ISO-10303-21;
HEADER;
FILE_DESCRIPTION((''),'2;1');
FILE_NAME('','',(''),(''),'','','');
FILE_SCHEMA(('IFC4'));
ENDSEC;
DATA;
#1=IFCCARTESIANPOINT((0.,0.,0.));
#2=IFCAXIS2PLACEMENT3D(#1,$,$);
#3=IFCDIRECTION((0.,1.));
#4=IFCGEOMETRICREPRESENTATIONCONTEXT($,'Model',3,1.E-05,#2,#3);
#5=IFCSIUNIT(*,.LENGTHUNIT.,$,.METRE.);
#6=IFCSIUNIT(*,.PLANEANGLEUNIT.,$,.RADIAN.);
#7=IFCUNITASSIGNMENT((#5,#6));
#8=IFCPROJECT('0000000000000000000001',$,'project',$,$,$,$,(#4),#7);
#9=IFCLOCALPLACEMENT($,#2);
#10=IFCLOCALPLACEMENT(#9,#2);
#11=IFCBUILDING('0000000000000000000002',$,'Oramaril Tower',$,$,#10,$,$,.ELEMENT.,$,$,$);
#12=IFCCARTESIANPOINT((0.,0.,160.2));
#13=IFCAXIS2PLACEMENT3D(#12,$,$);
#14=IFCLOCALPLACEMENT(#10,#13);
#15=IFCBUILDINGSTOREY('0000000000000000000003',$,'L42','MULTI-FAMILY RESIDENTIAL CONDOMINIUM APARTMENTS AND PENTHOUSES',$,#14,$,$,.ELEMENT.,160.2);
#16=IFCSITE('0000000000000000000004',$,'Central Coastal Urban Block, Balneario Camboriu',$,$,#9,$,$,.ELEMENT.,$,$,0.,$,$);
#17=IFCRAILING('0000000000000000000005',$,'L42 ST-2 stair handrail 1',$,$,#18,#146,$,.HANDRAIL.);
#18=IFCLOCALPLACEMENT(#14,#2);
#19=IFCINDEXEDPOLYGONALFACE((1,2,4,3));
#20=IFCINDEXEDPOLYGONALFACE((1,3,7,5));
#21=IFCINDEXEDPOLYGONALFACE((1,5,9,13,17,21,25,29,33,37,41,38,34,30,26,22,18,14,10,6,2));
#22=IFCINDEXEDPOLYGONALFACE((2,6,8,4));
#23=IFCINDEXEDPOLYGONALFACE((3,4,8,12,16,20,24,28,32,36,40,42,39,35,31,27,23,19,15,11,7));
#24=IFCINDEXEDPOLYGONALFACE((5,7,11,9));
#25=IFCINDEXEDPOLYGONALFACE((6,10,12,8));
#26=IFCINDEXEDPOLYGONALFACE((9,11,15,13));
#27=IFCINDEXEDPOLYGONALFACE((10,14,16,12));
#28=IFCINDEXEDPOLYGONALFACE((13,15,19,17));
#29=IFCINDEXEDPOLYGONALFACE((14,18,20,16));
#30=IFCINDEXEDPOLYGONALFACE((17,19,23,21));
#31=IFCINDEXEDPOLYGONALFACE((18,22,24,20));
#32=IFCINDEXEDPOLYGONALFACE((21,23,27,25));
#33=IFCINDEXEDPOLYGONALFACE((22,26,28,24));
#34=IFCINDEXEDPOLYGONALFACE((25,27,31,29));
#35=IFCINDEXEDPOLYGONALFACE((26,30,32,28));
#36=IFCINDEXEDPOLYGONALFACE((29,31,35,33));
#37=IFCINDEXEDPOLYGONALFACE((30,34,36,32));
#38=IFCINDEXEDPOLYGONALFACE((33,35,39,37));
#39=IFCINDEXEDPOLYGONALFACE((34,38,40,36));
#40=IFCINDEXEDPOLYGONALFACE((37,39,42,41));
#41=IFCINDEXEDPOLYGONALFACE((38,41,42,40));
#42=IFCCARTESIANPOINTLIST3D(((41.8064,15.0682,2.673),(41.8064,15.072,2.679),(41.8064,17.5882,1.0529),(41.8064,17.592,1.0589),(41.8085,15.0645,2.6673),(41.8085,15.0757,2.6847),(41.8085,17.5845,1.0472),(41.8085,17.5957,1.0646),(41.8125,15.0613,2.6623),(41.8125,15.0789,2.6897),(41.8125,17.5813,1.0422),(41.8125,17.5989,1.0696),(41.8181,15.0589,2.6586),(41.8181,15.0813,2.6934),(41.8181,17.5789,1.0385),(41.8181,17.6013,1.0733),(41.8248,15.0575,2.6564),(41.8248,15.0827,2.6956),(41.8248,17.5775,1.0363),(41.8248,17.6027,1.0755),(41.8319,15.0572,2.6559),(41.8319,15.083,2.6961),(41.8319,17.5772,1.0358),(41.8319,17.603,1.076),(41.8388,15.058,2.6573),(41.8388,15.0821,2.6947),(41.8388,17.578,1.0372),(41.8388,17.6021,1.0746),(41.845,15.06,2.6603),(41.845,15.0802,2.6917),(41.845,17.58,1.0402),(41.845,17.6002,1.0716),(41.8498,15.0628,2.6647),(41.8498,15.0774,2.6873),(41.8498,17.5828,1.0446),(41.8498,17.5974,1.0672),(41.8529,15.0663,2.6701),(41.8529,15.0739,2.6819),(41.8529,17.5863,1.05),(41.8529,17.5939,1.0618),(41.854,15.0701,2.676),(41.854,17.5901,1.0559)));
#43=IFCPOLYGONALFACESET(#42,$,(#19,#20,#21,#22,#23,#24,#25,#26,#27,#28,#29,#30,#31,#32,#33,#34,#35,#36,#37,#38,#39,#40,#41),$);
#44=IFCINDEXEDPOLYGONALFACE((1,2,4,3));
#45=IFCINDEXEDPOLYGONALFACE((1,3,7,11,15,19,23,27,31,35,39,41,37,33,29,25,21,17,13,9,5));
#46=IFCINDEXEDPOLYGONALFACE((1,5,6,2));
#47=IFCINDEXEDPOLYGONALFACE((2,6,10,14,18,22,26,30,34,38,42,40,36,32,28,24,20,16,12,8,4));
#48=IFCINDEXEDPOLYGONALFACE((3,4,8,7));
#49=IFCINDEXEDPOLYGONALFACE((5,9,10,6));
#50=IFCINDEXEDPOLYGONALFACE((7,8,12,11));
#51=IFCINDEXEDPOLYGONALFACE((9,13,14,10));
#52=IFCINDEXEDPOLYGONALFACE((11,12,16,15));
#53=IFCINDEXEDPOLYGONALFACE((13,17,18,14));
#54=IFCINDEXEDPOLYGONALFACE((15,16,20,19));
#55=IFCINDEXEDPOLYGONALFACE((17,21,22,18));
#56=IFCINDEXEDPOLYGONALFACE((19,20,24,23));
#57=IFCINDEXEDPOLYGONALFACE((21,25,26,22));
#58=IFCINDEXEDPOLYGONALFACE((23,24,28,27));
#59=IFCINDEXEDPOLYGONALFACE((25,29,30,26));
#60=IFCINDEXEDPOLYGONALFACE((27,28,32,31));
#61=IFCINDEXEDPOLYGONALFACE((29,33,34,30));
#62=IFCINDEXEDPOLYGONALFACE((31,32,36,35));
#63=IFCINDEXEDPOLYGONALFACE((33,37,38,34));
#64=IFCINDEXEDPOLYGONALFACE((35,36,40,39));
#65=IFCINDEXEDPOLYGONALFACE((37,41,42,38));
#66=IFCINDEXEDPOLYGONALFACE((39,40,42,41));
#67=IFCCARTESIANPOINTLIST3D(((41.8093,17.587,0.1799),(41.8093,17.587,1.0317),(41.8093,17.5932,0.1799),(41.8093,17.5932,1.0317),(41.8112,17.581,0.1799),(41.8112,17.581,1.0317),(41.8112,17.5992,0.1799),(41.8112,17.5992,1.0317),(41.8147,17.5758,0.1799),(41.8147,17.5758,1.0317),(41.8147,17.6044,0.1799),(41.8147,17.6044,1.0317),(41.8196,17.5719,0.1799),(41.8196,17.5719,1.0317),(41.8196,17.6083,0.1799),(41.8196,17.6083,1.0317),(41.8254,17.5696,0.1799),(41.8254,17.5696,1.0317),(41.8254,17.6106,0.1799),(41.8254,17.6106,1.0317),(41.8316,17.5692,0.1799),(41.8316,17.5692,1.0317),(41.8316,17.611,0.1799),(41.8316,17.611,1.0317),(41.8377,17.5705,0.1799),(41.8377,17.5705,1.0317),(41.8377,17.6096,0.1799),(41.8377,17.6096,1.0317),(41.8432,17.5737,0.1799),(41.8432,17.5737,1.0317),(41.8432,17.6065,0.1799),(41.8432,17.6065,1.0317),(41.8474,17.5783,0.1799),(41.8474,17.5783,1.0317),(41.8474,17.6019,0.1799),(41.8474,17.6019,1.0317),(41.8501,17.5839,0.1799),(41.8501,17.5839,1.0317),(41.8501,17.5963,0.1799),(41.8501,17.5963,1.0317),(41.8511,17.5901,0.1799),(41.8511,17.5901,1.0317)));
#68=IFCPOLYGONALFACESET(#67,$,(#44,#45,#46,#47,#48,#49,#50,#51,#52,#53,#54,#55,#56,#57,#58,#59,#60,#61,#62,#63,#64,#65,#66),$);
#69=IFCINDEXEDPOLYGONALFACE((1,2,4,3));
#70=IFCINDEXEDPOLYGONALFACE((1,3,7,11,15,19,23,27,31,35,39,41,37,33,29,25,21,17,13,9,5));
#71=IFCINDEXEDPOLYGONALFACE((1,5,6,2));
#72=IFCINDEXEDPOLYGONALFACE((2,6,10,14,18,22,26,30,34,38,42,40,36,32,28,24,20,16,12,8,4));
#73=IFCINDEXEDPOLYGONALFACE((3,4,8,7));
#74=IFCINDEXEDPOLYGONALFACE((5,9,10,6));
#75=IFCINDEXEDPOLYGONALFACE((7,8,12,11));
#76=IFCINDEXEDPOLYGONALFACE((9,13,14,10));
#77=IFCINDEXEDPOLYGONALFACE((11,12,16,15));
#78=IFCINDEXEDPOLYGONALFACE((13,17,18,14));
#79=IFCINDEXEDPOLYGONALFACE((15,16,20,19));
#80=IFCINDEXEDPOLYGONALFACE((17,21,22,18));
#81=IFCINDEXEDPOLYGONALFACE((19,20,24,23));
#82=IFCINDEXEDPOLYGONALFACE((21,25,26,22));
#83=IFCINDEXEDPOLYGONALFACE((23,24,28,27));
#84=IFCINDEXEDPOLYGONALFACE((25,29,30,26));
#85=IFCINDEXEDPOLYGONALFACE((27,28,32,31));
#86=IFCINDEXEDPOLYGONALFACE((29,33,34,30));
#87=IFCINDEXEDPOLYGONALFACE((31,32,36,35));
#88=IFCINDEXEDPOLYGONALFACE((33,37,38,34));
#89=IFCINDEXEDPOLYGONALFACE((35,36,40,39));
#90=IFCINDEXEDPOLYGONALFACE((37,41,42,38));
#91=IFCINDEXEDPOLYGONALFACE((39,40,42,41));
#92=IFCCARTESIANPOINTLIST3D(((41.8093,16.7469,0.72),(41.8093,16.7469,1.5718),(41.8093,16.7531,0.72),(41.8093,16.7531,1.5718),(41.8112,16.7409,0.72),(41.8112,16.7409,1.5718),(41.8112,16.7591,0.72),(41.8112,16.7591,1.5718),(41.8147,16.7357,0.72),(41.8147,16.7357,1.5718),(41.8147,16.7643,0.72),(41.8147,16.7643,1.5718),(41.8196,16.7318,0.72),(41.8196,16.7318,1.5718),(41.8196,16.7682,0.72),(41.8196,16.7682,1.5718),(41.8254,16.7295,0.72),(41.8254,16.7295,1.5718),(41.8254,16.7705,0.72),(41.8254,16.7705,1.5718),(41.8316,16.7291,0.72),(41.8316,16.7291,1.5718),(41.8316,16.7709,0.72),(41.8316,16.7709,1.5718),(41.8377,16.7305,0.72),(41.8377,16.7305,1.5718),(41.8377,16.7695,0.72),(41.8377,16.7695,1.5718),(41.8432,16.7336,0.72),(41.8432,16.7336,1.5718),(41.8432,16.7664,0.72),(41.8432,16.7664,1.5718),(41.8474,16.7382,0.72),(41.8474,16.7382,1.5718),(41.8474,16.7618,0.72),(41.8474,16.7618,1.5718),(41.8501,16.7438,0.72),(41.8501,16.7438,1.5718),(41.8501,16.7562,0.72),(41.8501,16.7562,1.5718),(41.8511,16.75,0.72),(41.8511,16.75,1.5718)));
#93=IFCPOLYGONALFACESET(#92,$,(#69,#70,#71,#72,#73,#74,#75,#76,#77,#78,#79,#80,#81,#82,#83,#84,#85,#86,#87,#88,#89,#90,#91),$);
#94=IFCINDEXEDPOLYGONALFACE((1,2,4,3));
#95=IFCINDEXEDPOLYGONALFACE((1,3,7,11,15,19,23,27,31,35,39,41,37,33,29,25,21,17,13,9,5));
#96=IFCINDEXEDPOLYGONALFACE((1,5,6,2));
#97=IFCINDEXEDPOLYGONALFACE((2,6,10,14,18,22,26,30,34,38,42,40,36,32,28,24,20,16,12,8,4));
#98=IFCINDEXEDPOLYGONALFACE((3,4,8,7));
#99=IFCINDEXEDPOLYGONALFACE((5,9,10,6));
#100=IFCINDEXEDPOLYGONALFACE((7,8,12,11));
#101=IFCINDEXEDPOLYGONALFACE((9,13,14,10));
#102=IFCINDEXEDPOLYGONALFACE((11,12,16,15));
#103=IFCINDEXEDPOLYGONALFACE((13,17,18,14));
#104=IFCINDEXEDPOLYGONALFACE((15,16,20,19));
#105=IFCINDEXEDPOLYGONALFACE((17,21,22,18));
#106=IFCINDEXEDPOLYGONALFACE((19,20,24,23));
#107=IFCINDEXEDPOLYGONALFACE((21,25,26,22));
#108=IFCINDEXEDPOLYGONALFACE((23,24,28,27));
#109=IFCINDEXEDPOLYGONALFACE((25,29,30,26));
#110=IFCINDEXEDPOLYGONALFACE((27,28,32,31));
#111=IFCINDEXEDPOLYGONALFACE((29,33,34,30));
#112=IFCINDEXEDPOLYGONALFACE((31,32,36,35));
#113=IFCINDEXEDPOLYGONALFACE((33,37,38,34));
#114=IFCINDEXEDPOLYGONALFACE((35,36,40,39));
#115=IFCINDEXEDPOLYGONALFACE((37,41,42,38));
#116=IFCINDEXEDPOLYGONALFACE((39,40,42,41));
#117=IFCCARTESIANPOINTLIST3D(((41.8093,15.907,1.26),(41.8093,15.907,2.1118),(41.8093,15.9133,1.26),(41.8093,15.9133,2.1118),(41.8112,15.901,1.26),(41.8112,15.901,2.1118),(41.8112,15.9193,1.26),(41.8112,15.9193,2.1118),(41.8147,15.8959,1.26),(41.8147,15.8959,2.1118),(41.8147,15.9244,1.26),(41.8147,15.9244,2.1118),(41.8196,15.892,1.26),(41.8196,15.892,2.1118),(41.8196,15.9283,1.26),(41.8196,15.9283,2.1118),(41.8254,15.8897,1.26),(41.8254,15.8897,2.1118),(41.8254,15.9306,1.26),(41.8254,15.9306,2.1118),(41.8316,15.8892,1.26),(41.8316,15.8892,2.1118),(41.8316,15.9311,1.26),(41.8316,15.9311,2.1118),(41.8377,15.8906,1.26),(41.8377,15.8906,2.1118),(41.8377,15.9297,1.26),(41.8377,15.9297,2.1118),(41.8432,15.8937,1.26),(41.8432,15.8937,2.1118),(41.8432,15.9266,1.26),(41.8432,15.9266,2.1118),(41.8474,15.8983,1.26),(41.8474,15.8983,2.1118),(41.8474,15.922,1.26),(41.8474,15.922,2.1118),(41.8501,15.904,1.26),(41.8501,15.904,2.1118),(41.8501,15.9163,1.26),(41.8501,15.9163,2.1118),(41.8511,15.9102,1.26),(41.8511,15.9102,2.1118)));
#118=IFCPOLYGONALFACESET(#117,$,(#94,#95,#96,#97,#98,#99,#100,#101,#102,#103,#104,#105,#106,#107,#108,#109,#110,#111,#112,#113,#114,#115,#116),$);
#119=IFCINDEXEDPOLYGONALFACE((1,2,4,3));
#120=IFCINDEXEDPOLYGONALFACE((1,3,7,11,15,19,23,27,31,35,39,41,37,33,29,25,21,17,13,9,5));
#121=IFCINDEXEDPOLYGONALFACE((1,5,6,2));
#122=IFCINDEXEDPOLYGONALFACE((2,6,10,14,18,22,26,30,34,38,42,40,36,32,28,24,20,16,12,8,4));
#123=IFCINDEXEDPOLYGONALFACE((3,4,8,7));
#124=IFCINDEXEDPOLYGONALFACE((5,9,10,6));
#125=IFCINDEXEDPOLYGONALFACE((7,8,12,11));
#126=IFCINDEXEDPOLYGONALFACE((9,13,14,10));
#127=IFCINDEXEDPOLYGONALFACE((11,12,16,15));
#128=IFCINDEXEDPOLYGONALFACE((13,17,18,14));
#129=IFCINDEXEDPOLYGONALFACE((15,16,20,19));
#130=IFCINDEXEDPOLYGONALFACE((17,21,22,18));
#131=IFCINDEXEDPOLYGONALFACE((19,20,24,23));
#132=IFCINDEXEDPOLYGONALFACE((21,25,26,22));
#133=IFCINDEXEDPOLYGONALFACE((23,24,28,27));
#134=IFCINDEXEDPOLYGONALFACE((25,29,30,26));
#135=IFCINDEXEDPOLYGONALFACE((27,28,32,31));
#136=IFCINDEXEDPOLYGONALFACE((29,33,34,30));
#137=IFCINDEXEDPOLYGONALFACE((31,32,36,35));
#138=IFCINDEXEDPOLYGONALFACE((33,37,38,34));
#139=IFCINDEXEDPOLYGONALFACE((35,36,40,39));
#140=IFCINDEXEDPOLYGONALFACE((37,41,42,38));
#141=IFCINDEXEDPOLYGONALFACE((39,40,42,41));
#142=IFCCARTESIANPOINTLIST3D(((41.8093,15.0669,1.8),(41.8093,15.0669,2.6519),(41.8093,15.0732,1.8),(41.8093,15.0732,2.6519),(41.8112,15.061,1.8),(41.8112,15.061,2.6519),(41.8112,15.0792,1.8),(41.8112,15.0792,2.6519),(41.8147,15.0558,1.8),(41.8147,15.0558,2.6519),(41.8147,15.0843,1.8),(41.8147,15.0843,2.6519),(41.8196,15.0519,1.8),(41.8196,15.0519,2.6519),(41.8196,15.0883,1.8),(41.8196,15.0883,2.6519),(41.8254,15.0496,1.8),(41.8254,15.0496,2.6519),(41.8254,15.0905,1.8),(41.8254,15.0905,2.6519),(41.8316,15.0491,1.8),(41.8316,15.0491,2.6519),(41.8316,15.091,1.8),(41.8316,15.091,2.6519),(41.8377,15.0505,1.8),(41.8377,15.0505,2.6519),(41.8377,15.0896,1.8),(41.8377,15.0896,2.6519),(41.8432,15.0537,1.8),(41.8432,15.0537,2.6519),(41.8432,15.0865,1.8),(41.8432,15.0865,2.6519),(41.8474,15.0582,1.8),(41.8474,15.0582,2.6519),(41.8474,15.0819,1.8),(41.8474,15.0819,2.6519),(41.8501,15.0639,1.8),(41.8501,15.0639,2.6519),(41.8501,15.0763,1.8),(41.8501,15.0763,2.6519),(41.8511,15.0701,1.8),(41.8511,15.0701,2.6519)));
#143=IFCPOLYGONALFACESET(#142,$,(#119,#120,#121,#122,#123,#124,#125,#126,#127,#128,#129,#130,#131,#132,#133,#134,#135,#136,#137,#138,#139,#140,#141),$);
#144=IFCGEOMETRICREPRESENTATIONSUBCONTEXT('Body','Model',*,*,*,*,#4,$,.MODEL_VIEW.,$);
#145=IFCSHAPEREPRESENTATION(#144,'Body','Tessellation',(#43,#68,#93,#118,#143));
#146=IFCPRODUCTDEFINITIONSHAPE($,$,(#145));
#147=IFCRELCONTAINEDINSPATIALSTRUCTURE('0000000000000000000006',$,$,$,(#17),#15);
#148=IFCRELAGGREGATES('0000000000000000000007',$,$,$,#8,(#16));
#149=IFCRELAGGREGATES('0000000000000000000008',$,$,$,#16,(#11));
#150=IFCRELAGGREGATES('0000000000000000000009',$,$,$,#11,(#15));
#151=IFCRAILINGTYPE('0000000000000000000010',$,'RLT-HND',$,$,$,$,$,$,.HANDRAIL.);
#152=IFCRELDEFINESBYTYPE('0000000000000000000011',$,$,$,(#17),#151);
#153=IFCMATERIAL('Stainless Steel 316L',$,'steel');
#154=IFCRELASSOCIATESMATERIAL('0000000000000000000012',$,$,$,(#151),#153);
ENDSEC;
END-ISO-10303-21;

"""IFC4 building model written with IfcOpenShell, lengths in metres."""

from ifc_helpers import new_model, si_unit, direction, frame, origin, origin_2d, place, context, subcontext, project, spatial, circle, extrude, material, type_object, element, save


model = new_model("IFC4")

# Units and contexts
model_context = context("Model", 3, precision=1e-05, world=origin(), true_north=direction((0.0, 1.0)))
body_context = subcontext(model_context, "Body", "Model", "MODEL_VIEW")
ifc_project = project(units=[si_unit("LENGTHUNIT", "METRE"), si_unit("PLANEANGLEUNIT", "RADIAN")], contexts=[model_context])

# Site, building, storey
site_placement = place(None, origin())
site = spatial("IfcSite", under=ifc_project, at=site_placement, Name="Central Coastal Urban Block, Balneario Camboriu", CompositionType="ELEMENT", RefElevation=0.0)
building_placement = place(site_placement, origin())
building = spatial("IfcBuilding", under=site, at=building_placement, Name="Oramaril Tower", CompositionType="ELEMENT")
storey_placement = place(building_placement, frame((0.0, 0.0, 160.2)))
storey = spatial("IfcBuildingStorey", under=building, at=storey_placement, Name="L42", Description="MULTI-FAMILY RESIDENTIAL CONDOMINIUM APARTMENTS AND PENTHOUSES", CompositionType="ELEMENT", Elevation=160.2)

# Railing
ifc_material_1 = material(Name="Stainless Steel 316L", Category="steel")
railing_type_1 = type_object("IfcRailingType", Name="RLT-HND", PredefinedType="HANDRAIL", material=ifc_material_1)
railing_1_placement = place(storey_placement, frame((41.8301, 17.5901, 0.1799)))
element("IfcRailing", 1, at=railing_1_placement, inside=storey, type_object=railing_type_1, Name="L42 ST-2 stair handrail 1", PredefinedType="HANDRAIL", context=body_context, shape_type="SweptSolid", body=[
    extrude(circle(Radius=0.0239, at=origin_2d()), frame((0.0, 0.0, 0.876), z_axis=(0.0, -0.841163, 0.540782), x_axis=(1.0, 0.0, 0.0)), (0.0, 0.0, 1.0), 2.9958),
    extrude(circle(Radius=0.021, at=origin_2d()), origin(), (0.0, 0.0, 1.0), 0.8518),
    extrude(circle(Radius=0.021, at=origin_2d()), frame((0.0, -0.8401, 0.54)), (0.0, 0.0, 1.0), 0.8518),
    extrude(circle(Radius=0.021, at=origin_2d()), frame((0.0, -1.6799, 1.0801)), (0.0, 0.0, 1.0), 0.8518),
    extrude(circle(Radius=0.021, at=origin_2d()), frame((0.0, -2.52, 1.6201)), (0.0, 0.0, 1.0), 0.8518),
])

save(model, "model.ifc")
